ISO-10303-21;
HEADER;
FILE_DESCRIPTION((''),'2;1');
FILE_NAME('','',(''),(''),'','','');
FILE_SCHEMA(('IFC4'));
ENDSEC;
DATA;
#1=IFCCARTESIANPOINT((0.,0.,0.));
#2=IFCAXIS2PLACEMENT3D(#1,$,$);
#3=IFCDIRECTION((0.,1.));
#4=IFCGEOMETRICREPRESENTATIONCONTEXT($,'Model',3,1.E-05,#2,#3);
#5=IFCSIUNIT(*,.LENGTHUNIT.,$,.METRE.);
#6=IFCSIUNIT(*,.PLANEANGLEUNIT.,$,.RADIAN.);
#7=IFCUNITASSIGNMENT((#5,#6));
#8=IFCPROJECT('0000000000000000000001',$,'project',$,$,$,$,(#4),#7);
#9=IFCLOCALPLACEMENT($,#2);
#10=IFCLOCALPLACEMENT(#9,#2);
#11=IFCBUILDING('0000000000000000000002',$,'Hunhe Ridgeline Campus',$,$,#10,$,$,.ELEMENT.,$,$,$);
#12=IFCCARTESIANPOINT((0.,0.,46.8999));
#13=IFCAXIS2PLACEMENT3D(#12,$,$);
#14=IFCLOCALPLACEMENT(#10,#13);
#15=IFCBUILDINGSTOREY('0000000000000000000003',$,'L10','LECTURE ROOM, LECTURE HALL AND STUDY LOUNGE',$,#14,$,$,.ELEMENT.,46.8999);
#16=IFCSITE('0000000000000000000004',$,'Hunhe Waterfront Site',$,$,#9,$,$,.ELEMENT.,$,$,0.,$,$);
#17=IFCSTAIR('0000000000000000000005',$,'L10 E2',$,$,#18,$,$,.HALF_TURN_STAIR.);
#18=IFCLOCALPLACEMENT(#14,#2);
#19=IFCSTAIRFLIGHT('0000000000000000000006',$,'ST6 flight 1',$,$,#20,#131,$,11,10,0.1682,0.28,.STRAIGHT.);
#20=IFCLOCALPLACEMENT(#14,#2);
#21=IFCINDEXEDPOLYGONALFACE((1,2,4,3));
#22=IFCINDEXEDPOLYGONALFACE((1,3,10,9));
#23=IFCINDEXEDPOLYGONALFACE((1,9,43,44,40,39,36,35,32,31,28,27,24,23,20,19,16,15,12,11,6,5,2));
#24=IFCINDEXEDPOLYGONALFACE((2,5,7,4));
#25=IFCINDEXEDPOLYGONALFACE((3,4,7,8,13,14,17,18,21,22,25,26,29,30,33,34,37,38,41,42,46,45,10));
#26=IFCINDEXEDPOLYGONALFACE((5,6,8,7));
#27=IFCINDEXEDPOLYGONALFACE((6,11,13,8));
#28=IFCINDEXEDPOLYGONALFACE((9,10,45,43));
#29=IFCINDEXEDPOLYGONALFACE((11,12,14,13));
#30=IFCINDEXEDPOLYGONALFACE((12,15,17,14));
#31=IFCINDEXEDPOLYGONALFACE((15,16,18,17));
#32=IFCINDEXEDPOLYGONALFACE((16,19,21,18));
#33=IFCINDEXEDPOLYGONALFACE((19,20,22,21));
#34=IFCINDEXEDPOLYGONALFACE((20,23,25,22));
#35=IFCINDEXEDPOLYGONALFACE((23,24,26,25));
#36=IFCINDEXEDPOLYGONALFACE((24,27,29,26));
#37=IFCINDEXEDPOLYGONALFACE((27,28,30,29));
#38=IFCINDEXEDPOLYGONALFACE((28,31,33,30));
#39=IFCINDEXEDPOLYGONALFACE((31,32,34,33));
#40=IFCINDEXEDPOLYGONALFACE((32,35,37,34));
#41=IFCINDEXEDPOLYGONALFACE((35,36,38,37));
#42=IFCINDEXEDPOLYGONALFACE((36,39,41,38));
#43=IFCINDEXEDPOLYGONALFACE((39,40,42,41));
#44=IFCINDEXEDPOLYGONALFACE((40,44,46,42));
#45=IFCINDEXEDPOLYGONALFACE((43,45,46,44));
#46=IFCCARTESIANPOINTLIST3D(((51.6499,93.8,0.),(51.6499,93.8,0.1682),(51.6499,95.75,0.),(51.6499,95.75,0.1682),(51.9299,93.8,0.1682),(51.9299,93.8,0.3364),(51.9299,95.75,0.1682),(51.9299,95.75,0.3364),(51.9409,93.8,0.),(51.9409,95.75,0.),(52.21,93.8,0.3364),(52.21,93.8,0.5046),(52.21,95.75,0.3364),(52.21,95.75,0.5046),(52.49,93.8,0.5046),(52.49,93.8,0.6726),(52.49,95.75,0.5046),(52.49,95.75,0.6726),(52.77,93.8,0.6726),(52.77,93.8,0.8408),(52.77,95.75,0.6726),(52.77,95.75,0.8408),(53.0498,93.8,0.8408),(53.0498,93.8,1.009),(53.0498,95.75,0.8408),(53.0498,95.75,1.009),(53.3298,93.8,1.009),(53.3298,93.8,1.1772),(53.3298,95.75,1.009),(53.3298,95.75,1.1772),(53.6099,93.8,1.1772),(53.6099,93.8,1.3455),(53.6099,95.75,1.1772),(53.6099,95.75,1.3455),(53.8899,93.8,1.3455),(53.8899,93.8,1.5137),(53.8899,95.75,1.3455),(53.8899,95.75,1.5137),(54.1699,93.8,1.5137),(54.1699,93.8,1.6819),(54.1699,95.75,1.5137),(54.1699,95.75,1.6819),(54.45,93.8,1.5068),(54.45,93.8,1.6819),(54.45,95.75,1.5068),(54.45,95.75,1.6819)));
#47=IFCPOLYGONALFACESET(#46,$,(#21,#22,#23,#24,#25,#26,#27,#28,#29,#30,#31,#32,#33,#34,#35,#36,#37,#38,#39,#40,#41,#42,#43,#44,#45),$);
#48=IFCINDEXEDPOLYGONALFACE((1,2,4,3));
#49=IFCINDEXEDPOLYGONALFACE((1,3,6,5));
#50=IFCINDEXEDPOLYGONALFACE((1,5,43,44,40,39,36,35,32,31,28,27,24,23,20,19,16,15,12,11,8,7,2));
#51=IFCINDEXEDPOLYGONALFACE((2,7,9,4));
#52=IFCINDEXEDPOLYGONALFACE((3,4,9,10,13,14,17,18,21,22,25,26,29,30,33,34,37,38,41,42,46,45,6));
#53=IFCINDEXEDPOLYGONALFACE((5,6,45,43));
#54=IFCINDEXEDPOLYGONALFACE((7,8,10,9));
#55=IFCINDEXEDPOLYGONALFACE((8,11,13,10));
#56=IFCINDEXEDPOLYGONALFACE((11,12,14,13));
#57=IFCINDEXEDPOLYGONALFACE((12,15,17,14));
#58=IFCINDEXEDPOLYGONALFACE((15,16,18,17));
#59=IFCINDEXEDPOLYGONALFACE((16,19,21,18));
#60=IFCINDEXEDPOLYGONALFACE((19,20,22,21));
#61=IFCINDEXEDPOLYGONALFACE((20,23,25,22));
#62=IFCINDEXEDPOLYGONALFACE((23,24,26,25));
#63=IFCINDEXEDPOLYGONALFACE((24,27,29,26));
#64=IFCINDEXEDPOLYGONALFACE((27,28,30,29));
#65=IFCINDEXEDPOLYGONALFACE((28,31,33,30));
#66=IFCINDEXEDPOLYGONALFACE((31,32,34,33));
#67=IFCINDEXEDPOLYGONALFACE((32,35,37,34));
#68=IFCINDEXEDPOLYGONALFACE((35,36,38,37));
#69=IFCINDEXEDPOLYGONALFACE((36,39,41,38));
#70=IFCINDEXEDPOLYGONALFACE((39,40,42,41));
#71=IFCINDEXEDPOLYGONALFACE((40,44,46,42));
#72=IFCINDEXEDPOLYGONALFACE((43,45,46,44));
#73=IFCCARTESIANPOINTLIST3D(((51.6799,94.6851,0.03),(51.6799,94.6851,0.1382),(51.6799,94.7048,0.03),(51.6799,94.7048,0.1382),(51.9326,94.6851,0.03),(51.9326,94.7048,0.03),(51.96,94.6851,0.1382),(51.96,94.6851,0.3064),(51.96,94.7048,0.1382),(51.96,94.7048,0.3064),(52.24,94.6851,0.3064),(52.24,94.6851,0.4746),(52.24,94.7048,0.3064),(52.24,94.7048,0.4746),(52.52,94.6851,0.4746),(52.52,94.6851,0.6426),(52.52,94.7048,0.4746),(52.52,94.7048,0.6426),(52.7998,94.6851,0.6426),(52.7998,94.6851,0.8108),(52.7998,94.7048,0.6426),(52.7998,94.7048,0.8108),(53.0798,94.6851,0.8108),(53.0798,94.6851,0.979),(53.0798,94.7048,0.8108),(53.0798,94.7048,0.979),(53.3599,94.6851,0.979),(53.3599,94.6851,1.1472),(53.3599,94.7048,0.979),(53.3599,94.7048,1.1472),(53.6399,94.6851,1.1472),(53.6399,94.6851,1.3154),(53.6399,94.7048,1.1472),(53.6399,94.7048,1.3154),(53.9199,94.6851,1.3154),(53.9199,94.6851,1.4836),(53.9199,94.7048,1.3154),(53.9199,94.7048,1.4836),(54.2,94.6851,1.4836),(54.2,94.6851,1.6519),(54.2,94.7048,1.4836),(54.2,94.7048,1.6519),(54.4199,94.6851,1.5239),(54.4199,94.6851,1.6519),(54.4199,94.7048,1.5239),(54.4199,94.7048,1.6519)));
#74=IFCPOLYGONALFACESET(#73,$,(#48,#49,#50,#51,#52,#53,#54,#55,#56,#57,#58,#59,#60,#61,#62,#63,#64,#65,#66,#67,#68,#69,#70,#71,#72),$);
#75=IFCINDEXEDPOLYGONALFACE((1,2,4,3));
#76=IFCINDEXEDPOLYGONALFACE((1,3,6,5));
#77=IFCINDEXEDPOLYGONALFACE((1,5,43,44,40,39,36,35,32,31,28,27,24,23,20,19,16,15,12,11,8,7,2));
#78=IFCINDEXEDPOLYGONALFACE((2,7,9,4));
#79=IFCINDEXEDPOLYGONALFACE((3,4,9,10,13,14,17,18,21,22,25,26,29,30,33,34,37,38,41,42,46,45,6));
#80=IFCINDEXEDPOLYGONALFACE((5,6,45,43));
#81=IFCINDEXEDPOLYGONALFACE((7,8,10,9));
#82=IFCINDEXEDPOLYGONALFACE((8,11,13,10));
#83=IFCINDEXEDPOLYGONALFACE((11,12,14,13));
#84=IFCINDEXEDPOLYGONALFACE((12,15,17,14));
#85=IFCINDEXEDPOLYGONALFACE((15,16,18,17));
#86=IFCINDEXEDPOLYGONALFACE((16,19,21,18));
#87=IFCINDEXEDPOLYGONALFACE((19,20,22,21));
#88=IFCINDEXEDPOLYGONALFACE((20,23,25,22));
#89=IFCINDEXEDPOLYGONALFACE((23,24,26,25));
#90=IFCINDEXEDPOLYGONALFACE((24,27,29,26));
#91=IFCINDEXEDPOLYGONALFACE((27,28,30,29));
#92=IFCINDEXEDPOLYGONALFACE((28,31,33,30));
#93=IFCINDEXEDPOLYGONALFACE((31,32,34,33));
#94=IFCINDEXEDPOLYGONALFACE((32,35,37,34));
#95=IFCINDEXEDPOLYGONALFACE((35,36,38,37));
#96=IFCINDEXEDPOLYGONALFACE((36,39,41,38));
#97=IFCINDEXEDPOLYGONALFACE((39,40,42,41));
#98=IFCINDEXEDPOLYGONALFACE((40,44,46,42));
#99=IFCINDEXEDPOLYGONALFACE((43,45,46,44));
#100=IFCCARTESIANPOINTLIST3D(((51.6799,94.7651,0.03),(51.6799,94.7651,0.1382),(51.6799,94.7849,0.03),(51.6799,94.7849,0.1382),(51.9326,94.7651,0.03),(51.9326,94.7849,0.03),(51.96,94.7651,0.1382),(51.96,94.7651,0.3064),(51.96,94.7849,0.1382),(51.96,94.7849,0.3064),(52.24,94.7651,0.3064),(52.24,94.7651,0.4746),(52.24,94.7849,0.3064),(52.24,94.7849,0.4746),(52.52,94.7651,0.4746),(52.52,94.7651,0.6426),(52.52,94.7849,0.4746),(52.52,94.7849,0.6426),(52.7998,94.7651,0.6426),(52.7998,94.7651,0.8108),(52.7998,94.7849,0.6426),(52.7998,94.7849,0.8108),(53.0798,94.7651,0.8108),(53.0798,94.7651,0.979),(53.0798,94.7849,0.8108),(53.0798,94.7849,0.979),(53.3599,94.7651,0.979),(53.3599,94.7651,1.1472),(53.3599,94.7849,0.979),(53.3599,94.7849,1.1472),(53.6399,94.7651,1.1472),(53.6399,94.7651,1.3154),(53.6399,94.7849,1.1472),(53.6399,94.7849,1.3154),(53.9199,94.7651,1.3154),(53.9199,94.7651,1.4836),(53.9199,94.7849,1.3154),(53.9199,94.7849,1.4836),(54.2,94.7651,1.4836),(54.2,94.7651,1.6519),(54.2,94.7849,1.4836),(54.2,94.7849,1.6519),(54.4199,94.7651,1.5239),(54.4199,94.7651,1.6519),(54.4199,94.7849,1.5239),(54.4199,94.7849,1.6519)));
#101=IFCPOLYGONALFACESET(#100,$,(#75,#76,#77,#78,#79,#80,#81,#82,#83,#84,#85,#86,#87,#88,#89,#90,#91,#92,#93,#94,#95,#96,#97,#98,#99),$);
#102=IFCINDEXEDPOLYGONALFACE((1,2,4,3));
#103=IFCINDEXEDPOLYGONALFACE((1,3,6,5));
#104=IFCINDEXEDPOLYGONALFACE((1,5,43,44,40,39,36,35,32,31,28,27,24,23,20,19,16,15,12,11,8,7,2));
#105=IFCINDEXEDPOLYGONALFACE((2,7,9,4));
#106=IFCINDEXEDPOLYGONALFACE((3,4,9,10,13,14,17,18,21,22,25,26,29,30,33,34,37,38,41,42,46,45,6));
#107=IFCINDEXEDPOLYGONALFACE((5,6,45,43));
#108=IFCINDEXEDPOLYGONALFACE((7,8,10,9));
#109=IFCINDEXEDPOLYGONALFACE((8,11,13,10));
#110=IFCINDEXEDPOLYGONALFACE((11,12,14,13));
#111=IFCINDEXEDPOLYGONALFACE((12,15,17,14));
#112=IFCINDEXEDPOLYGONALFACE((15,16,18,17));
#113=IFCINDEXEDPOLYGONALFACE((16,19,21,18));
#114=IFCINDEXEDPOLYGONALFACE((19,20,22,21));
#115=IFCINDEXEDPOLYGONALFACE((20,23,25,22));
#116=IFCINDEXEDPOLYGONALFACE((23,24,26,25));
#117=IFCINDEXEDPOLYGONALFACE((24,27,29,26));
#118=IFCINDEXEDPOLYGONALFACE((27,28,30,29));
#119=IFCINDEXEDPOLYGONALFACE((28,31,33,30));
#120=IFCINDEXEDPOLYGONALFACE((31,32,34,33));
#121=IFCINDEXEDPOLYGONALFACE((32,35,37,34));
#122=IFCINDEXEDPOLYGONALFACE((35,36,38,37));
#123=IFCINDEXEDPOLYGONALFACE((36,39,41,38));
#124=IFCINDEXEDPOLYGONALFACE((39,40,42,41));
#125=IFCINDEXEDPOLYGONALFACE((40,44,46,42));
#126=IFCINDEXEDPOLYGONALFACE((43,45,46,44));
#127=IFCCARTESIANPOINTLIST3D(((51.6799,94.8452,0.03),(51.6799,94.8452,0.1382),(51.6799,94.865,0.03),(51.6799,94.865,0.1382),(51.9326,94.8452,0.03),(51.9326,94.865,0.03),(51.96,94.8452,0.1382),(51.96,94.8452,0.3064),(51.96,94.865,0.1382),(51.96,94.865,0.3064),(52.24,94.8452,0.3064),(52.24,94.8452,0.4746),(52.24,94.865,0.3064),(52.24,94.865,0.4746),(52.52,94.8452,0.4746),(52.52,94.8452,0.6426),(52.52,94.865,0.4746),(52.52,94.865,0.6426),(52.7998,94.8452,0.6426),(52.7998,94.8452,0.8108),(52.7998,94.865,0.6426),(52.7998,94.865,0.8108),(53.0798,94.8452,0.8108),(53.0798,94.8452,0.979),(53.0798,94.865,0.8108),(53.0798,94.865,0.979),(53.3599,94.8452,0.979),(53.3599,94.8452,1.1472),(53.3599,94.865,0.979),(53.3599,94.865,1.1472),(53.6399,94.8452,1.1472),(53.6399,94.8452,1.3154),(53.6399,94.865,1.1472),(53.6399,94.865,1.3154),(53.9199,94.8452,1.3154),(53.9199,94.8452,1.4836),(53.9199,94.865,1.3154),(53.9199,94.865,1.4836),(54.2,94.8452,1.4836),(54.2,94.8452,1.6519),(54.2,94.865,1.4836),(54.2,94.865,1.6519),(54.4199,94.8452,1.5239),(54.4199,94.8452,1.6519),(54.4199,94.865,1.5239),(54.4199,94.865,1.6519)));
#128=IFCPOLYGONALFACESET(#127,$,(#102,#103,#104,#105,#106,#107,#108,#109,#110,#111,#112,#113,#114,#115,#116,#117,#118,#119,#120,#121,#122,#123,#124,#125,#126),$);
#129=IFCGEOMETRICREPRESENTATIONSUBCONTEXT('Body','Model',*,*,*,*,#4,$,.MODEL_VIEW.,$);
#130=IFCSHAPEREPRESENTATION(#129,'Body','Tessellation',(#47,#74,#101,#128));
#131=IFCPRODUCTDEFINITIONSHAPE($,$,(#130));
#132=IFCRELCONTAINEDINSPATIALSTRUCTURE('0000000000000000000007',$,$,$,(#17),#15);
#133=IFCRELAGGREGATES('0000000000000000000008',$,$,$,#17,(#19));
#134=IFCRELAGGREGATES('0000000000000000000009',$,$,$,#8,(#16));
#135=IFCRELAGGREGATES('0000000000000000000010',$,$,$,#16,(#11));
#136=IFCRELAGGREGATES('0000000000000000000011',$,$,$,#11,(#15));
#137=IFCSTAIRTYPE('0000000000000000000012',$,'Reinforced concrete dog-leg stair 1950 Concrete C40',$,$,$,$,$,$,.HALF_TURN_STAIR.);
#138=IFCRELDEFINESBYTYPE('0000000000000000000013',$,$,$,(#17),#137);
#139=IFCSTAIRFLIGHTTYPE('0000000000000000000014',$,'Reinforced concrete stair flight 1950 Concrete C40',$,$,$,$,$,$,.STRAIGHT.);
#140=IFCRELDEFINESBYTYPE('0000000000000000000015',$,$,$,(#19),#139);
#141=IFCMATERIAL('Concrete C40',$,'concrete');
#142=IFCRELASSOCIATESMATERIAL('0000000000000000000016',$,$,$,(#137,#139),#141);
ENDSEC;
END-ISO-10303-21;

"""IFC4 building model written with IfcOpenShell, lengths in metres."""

from ifc_helpers import new_model, si_unit, direction, frame, origin, place, context, subcontext, project, spatial, polyline, outline, extrude, material, type_object, element, aggregate, save


model = new_model("IFC4")

# Units and contexts
model_context = context("Model", 3, precision=1e-05, world=origin(), true_north=direction((0.0, 1.0)))
body_context = subcontext(model_context, "Body", "Model", "MODEL_VIEW")
ifc_project = project(units=[si_unit("LENGTHUNIT", "METRE"), si_unit("PLANEANGLEUNIT", "RADIAN")], contexts=[model_context])

# Site, building, storey
site_placement = place(None, origin())
site = spatial("IfcSite", under=ifc_project, at=site_placement, Name="Hunhe Waterfront Site", CompositionType="ELEMENT", RefElevation=0.0)
building_placement = place(site_placement, origin())
building = spatial("IfcBuilding", under=site, at=building_placement, Name="Hunhe Ridgeline Campus", CompositionType="ELEMENT")
storey_placement = place(building_placement, frame((0.0, 0.0, 46.8999)))
storey = spatial("IfcBuildingStorey", under=building, at=storey_placement, Name="L10", Description="LECTURE ROOM, LECTURE HALL AND STUDY LOUNGE", CompositionType="ELEMENT", Elevation=46.8999)

# Shared definitions
ifc_material_1 = material(Name="Concrete C40", Category="concrete")
stair_type = type_object("IfcStairType", Name="Reinforced concrete dog-leg stair 1950 Concrete C40", PredefinedType="HALF_TURN_STAIR", material=ifc_material_1)
stair_flight_type = type_object("IfcStairFlightType", Name="Reinforced concrete stair flight 1950 Concrete C40", PredefinedType="STRAIGHT", material=ifc_material_1)

# Stair, stair flight
stair_1_placement = place(storey_placement, origin())
stair_1 = element("IfcStair", 1, at=stair_1_placement, inside=storey, type_object=stair_type, Name="L10 E2", PredefinedType="HALF_TURN_STAIR")
stair_flight_1_placement = place(storey_placement, frame((51.6499, 94.7749, 0.0), z_axis=(0.0, 0.0, 1.0), x_axis=(1.0, 0.0, 0.0)))
stair_flight_1 = element("IfcStairFlight", 2, at=stair_flight_1_placement, type_object=stair_flight_type, Name="ST6 flight 1", NumberOfRisers=11, NumberOfTreads=10, PredefinedType="STRAIGHT", RiserHeight=0.1682, TreadLength=0.28, context=body_context, shape_type="SweptSolid", body=[
    extrude(outline(polyline([(0.0, 0.0), (0.0, 0.1682), (0.28, 0.1682), (0.28, 0.3364), (0.5601, 0.3364), (0.5601, 0.5046), (0.8401, 0.5046), (0.8401, 0.6726), (1.1201, 0.6726), (1.1201, 0.8408), (1.3999, 0.8408), (1.3999, 1.009), (1.6799, 1.009), (1.6799, 1.1772), (1.96, 1.1772), (1.96, 1.3455), (2.24, 1.3455), (2.24, 1.5137), (2.52, 1.5137), (2.52, 1.6819), (2.8, 1.6819), (2.8, 1.8501), (2.8, 1.5068), (0.291, 0.0), (0.0, 0.0)])), frame((0.0, 0.9751, 0.0), z_axis=(0.0, -1.0, 0.0), x_axis=(1.0, 0.0, 0.0)), (0.0, 0.0, 1.0), 1.95),
    extrude(outline(polyline([(0.03, 0.03), (0.03, 0.1382), (0.3101, 0.1382), (0.3101, 0.3064), (0.5901, 0.3064), (0.5901, 0.4746), (0.8701, 0.4746), (0.8701, 0.6426), (1.1499, 0.6426), (1.1499, 0.8108), (1.4299, 0.8108), (1.4299, 0.979), (1.71, 0.979), (1.71, 1.1472), (1.99, 1.1472), (1.99, 1.3154), (2.27, 1.3154), (2.27, 1.4836), (2.55, 1.4836), (2.55, 1.6519), (2.77, 1.6519), (2.77, 1.5239), (0.2827, 0.03), (0.03, 0.03)])), frame((0.0, -0.0701, 0.0), z_axis=(0.0, -1.0, 0.0), x_axis=(1.0, 0.0, 0.0)), (0.0, 0.0, 1.0), 0.0198),
    extrude(outline(polyline([(0.03, 0.03), (0.03, 0.1382), (0.3101, 0.1382), (0.3101, 0.3064), (0.5901, 0.3064), (0.5901, 0.4746), (0.8701, 0.4746), (0.8701, 0.6426), (1.1499, 0.6426), (1.1499, 0.8108), (1.4299, 0.8108), (1.4299, 0.979), (1.71, 0.979), (1.71, 1.1472), (1.99, 1.1472), (1.99, 1.3154), (2.27, 1.3154), (2.27, 1.4836), (2.55, 1.4836), (2.55, 1.6519), (2.77, 1.6519), (2.77, 1.5239), (0.2827, 0.03), (0.03, 0.03)])), frame((0.0, 0.01, 0.0), z_axis=(0.0, -1.0, 0.0), x_axis=(1.0, 0.0, 0.0)), (0.0, 0.0, 1.0), 0.0198),
    extrude(outline(polyline([(0.03, 0.03), (0.03, 0.1382), (0.3101, 0.1382), (0.3101, 0.3064), (0.5901, 0.3064), (0.5901, 0.4746), (0.8701, 0.4746), (0.8701, 0.6426), (1.1499, 0.6426), (1.1499, 0.8108), (1.4299, 0.8108), (1.4299, 0.979), (1.71, 0.979), (1.71, 1.1472), (1.99, 1.1472), (1.99, 1.3154), (2.27, 1.3154), (2.27, 1.4836), (2.55, 1.4836), (2.55, 1.6519), (2.77, 1.6519), (2.77, 1.5239), (0.2827, 0.03), (0.03, 0.03)])), frame((0.0, 0.0901, 0.0), z_axis=(0.0, -1.0, 0.0), x_axis=(1.0, 0.0, 0.0)), (0.0, 0.0, 1.0), 0.0198),
])
aggregate(stair_1, [stair_flight_1])

save(model, "model.ifc")
